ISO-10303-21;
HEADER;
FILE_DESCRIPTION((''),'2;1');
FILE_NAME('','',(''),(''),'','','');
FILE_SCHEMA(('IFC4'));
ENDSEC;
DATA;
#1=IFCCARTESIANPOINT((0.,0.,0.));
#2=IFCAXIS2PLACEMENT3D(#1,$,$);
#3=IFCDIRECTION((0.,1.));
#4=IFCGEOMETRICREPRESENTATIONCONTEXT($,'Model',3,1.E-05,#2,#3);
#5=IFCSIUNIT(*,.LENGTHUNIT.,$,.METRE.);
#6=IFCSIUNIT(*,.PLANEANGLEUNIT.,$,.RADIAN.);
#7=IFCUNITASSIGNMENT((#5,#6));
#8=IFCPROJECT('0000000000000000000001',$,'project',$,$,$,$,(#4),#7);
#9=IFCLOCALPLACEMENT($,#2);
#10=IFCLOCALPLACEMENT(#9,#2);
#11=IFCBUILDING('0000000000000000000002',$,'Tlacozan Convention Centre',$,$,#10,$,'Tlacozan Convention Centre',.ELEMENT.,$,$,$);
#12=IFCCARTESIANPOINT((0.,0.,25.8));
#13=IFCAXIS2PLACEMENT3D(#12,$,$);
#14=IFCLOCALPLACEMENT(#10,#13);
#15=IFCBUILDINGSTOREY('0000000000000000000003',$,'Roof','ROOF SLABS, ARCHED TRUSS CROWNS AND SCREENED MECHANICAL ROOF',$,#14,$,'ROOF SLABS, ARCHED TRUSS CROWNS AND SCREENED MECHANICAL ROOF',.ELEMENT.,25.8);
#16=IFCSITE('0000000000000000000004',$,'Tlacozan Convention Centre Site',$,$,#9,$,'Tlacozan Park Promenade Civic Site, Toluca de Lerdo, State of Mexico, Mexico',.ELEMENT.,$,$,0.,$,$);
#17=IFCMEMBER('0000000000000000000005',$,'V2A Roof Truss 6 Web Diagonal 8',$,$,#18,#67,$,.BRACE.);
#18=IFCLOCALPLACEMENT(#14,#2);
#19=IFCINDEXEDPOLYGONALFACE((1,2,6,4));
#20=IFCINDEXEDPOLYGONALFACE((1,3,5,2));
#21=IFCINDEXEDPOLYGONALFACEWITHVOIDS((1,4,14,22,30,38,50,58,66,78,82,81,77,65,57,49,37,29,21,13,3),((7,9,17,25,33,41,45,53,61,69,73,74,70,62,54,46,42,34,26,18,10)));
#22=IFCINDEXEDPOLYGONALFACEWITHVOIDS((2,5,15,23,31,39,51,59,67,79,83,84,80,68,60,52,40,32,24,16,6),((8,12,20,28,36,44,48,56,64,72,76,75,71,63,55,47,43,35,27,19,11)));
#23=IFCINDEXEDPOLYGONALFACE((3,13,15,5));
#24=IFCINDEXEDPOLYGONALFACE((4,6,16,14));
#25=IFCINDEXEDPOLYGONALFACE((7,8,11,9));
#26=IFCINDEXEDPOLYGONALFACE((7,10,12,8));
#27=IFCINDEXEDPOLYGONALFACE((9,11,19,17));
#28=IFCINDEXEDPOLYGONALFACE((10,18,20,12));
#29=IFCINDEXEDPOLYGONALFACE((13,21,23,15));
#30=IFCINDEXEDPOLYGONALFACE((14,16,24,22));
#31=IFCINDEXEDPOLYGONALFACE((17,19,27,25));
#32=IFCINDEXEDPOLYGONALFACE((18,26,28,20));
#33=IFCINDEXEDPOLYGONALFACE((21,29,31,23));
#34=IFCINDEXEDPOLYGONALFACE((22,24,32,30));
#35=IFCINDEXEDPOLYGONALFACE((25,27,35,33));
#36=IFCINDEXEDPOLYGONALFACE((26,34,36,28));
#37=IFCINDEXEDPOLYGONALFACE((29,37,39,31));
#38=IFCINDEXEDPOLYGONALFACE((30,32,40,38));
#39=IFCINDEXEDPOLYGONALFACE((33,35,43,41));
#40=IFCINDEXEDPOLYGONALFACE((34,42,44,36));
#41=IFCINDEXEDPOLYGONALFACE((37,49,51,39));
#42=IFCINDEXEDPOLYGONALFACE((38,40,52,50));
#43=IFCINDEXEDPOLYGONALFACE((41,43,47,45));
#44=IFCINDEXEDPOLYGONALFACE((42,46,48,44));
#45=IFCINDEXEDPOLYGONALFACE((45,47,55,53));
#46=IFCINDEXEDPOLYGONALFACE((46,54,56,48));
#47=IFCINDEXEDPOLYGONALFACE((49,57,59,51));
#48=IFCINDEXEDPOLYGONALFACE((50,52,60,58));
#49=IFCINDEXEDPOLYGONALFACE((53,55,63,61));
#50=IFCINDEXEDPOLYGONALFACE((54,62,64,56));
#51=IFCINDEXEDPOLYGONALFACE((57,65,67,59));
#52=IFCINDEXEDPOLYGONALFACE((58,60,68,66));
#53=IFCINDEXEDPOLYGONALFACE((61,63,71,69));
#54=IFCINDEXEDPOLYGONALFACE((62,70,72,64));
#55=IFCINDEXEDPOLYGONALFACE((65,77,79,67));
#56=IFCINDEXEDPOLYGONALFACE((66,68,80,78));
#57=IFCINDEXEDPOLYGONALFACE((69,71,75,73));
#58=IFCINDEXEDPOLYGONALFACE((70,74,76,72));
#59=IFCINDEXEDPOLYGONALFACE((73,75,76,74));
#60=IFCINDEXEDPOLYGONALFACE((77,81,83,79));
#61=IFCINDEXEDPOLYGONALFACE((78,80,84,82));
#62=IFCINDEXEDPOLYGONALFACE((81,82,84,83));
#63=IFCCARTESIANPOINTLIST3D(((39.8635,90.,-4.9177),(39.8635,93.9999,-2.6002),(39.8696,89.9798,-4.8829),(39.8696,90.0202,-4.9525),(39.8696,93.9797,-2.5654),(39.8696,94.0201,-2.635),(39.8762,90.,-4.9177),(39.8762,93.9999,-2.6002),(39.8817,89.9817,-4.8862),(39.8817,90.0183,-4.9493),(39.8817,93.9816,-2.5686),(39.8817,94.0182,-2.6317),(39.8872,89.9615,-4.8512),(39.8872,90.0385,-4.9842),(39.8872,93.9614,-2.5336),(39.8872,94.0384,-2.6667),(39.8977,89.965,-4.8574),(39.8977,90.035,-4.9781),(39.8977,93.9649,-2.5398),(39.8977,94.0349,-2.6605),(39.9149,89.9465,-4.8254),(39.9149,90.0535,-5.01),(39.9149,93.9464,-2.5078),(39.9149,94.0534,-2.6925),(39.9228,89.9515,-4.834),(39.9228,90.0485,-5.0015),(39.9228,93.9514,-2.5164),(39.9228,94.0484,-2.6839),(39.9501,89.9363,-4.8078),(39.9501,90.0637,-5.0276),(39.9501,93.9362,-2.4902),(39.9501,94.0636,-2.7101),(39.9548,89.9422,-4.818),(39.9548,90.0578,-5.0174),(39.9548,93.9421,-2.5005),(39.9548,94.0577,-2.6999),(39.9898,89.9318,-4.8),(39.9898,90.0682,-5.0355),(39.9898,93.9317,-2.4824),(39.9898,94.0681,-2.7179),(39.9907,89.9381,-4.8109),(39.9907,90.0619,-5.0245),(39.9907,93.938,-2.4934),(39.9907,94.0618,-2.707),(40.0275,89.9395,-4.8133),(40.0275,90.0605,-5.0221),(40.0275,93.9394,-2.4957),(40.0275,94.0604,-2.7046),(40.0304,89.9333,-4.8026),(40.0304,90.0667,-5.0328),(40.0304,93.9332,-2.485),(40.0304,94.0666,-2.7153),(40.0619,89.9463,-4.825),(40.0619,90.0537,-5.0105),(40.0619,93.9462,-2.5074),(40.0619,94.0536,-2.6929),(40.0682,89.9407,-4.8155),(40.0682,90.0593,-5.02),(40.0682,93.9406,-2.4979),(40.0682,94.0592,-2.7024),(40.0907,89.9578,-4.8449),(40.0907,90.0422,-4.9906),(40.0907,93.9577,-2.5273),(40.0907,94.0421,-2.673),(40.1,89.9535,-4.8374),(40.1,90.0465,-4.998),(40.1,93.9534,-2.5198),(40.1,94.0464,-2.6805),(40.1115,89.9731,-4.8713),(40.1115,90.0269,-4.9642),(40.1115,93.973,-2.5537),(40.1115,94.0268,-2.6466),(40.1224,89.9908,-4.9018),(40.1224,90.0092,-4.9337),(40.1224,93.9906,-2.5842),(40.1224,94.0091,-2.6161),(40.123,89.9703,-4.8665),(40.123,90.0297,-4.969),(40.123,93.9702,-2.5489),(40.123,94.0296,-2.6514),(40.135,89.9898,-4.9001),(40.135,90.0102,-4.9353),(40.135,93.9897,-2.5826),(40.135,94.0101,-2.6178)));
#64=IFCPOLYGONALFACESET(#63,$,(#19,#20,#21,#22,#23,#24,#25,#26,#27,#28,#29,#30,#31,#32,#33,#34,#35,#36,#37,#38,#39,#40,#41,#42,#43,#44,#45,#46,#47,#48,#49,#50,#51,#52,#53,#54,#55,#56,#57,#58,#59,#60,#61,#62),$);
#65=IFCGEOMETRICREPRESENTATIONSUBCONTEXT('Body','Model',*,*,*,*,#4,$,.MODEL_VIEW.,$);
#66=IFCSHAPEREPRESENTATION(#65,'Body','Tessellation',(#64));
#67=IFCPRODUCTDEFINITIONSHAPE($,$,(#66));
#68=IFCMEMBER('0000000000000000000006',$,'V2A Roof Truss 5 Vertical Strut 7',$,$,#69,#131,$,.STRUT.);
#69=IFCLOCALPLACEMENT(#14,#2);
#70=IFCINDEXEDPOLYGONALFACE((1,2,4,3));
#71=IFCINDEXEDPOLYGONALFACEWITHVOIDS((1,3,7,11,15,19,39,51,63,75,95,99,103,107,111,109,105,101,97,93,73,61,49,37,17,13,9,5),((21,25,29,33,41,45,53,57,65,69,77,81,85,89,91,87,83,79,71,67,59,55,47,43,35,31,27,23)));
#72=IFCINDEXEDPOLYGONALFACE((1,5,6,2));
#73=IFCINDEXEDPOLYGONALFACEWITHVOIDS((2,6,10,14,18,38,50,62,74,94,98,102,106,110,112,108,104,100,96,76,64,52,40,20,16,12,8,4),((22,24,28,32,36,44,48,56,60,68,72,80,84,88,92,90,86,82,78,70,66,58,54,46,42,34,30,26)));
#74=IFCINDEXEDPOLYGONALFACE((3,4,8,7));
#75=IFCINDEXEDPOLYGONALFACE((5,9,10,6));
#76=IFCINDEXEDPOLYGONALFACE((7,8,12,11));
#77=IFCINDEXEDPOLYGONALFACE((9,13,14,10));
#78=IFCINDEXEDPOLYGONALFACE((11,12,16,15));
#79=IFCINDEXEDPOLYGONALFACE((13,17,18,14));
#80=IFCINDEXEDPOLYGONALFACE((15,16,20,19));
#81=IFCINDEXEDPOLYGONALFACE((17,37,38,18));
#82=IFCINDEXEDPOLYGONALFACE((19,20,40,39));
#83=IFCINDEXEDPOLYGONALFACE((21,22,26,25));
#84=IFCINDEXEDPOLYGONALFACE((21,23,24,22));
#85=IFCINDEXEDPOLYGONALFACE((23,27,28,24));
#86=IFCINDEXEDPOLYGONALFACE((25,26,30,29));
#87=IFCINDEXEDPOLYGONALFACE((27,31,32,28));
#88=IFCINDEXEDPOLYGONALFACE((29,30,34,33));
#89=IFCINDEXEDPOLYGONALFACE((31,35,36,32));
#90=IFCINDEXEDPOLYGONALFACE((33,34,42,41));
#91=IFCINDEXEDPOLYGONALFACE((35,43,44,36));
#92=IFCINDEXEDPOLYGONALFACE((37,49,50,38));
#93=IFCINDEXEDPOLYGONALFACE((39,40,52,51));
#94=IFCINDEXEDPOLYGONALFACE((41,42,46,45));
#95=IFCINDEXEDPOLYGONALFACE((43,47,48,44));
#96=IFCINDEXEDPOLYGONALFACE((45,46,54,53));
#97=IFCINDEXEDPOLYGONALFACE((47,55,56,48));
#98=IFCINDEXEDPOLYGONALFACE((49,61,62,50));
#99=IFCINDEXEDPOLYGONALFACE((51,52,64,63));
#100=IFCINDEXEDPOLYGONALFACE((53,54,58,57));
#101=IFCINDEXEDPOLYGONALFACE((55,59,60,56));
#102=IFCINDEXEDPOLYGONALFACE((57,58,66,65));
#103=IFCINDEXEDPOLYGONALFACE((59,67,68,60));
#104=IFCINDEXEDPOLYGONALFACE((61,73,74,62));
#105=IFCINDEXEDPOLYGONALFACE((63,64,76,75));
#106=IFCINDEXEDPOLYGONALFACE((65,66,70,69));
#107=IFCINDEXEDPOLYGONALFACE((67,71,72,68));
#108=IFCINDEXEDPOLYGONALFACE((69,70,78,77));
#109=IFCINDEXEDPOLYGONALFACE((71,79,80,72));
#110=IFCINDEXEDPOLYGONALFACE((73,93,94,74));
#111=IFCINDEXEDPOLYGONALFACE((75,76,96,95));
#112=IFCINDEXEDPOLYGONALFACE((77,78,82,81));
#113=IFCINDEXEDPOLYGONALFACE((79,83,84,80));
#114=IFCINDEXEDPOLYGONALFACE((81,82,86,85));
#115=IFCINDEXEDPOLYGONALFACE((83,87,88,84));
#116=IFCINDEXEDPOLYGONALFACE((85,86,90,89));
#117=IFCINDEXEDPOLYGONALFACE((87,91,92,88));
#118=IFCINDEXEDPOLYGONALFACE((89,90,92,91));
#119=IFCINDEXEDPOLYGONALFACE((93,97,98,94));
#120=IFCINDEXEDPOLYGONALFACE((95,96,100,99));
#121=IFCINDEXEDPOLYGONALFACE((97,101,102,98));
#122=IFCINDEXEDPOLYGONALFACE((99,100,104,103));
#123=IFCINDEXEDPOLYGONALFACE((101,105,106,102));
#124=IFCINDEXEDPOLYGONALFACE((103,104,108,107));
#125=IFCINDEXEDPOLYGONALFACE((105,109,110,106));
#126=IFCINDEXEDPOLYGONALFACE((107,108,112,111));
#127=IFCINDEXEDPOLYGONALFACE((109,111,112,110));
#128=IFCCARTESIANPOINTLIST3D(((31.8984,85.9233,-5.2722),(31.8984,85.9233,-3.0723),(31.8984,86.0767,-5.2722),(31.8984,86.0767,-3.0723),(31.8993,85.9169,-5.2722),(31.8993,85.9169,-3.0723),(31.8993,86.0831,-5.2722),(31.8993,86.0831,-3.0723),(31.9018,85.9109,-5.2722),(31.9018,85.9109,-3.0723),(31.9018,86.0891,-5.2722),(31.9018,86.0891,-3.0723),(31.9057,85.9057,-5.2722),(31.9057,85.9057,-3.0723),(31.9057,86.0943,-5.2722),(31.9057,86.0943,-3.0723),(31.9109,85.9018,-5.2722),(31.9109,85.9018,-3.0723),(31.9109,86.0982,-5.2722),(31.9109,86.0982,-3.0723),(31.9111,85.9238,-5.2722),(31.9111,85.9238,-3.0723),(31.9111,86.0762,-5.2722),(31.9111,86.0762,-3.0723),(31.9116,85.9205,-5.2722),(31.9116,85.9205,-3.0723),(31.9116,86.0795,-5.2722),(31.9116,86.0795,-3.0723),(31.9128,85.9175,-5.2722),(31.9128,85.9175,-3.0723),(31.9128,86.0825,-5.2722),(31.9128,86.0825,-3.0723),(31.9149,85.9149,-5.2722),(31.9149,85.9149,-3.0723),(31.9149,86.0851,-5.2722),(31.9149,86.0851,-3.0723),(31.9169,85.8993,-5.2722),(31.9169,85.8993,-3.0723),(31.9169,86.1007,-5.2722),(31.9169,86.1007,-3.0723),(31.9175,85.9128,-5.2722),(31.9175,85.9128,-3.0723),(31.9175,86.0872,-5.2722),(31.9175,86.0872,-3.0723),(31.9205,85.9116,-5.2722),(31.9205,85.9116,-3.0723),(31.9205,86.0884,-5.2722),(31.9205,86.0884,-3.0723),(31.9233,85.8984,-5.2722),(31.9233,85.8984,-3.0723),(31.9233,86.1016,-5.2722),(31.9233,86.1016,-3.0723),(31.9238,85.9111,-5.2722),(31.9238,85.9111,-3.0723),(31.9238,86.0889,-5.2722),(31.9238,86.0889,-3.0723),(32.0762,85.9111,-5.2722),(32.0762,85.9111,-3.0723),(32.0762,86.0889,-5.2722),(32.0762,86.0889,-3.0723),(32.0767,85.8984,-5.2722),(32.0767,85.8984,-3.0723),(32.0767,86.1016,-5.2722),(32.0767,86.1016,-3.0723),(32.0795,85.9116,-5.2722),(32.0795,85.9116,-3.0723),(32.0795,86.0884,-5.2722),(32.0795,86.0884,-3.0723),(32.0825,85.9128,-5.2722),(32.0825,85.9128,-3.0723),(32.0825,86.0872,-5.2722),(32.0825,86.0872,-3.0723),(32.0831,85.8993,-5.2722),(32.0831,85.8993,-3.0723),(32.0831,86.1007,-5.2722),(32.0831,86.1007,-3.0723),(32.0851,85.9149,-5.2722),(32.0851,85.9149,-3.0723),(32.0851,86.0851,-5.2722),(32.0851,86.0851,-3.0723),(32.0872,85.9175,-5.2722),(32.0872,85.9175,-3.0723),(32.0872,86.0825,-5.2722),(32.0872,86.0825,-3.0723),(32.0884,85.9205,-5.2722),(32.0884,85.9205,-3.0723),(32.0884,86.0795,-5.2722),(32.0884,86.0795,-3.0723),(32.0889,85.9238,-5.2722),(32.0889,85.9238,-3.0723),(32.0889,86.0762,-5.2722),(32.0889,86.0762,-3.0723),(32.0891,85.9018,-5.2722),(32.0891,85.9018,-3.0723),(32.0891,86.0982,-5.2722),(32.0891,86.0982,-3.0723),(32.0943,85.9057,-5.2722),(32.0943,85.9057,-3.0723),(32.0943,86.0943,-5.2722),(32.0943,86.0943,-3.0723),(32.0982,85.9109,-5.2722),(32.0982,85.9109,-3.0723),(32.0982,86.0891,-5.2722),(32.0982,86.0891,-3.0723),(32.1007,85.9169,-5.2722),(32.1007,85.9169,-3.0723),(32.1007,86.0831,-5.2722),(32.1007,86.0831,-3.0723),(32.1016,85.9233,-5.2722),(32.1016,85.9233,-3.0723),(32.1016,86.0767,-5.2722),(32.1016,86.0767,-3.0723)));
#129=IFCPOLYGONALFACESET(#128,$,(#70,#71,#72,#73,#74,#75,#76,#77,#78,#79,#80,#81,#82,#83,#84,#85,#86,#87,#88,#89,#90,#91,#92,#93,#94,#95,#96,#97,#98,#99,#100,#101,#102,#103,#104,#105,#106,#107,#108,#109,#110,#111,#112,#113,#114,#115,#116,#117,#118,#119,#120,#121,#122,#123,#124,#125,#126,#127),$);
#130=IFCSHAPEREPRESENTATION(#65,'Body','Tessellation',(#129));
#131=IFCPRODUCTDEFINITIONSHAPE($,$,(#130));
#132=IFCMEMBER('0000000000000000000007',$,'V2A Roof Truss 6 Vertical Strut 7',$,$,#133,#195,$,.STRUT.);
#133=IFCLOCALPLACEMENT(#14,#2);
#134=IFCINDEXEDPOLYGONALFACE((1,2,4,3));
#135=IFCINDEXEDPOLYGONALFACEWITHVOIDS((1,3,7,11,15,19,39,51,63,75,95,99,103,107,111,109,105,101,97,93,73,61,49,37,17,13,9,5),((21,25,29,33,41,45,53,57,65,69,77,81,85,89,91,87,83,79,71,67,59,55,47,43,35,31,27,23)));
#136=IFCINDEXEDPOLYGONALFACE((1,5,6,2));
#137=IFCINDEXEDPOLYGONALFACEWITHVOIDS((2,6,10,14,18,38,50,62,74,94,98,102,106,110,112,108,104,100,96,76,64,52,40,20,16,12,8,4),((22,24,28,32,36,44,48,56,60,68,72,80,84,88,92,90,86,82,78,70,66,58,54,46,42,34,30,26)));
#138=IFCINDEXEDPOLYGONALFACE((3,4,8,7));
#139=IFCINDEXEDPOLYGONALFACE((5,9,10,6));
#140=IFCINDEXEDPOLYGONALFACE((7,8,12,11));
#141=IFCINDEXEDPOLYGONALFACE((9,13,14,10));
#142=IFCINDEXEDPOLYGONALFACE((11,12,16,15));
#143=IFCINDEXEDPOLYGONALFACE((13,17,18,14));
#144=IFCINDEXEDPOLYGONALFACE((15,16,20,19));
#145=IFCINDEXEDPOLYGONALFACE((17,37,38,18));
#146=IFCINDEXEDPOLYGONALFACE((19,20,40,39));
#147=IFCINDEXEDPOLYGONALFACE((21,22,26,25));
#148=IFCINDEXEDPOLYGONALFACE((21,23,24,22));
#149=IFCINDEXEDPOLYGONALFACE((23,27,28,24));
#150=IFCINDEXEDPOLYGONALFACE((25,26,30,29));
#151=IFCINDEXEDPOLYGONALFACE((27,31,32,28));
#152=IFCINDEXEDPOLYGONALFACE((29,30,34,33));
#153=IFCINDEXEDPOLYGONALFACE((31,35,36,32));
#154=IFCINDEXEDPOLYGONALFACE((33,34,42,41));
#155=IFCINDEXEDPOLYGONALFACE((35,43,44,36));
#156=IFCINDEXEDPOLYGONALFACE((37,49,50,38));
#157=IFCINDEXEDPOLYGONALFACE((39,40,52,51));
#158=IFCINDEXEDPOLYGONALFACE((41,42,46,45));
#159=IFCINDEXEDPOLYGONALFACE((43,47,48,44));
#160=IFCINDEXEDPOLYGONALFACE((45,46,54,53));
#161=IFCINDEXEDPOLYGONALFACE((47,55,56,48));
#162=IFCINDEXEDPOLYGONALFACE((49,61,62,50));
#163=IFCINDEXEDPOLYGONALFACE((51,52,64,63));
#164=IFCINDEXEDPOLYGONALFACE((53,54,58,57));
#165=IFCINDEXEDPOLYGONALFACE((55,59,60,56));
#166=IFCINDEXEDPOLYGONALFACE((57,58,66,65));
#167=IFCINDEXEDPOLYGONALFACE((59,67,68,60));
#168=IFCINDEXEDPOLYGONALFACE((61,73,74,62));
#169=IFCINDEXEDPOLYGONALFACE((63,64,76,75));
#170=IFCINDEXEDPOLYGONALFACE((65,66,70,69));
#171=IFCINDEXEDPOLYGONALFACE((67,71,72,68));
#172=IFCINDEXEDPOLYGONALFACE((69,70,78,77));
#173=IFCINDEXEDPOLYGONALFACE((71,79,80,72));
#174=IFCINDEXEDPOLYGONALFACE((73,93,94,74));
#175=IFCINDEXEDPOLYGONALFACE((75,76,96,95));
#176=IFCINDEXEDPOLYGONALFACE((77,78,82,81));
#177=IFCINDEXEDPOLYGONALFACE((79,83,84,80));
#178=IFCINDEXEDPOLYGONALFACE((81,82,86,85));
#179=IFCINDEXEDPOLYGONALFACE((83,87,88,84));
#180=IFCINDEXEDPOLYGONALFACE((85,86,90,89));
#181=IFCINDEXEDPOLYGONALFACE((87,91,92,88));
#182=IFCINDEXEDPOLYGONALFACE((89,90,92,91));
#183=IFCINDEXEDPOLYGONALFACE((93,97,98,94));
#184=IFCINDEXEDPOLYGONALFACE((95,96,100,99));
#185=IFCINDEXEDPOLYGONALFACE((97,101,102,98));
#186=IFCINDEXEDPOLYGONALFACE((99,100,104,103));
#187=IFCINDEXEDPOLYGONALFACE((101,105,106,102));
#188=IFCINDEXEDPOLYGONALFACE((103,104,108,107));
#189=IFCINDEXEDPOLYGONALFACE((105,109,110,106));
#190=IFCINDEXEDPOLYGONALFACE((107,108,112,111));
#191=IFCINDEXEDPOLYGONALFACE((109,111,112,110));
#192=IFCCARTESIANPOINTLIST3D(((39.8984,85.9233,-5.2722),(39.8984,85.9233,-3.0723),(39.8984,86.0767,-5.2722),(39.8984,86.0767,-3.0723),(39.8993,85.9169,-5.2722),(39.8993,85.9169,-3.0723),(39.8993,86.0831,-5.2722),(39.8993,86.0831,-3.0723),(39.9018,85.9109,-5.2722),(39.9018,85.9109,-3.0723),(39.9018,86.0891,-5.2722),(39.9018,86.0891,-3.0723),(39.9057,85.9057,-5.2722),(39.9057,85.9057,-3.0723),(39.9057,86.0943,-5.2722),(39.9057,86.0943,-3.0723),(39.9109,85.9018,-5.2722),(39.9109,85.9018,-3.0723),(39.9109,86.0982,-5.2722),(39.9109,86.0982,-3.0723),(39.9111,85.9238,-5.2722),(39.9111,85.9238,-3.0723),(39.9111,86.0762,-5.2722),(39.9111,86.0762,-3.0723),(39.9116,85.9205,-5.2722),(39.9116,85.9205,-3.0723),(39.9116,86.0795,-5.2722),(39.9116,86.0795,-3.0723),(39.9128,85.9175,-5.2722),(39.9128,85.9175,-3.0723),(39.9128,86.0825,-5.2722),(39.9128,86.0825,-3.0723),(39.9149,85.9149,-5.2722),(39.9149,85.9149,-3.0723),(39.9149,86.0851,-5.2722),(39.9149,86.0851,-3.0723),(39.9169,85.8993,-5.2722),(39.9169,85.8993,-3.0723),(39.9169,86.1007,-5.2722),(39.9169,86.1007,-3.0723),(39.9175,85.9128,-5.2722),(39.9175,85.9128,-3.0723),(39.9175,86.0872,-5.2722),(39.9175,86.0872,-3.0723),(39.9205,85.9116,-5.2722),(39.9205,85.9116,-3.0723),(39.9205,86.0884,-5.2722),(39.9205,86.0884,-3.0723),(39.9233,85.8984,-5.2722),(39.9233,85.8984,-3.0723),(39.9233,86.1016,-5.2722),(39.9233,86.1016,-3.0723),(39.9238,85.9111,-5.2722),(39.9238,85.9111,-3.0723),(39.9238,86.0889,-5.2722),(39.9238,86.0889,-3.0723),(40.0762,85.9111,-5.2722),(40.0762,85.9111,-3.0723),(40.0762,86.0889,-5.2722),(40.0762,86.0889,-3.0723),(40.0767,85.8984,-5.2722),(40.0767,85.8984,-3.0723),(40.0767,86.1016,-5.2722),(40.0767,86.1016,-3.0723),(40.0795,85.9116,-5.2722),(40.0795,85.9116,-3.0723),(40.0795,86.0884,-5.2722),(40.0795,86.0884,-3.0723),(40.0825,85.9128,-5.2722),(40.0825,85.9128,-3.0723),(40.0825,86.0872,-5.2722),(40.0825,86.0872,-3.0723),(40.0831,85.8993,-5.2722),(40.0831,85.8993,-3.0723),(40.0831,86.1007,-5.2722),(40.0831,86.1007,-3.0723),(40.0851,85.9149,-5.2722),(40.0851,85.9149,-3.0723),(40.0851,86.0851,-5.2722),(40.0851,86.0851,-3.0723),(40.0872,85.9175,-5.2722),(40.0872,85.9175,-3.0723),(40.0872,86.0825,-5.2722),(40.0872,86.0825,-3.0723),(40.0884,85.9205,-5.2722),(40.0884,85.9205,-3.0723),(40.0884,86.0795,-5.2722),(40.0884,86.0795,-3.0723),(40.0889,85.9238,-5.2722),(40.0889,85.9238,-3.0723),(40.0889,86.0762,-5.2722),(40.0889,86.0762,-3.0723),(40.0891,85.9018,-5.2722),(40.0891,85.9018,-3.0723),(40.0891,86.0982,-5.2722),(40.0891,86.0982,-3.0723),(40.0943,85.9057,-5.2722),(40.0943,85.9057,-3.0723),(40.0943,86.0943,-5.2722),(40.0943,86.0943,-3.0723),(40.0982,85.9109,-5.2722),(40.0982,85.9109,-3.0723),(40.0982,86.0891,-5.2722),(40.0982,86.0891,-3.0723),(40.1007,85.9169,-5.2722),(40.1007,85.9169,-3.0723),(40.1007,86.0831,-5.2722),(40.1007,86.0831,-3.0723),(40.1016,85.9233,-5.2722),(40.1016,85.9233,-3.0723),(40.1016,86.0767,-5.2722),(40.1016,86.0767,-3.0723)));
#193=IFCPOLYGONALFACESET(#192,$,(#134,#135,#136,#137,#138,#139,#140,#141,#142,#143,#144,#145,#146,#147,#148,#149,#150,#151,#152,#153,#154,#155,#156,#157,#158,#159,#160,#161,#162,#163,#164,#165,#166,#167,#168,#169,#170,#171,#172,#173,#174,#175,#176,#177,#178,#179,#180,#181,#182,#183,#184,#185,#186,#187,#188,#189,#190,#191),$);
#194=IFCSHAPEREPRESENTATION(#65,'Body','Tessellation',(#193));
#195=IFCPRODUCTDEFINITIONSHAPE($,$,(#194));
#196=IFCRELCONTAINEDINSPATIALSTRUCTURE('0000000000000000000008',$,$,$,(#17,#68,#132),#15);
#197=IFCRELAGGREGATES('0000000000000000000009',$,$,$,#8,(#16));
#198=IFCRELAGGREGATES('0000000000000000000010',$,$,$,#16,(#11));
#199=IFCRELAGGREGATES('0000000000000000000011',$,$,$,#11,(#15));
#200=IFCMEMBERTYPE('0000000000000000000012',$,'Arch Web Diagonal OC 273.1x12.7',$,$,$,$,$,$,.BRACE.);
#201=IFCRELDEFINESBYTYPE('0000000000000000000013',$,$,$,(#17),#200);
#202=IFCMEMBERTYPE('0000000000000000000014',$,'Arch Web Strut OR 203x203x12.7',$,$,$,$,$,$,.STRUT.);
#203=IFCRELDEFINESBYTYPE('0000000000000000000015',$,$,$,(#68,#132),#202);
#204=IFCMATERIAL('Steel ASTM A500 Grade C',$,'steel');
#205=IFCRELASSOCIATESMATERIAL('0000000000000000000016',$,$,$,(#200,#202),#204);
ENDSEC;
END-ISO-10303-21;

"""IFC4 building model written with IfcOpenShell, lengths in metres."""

from ifc_helpers import new_model, si_unit, direction, frame, origin, origin_2d, place, context, subcontext, project, spatial, hollow_rectangle, hollow_circle, extrude, material, material_profile, profile_set, type_object, element, save


model = new_model("IFC4")

# Units and contexts
model_context = context("Model", 3, precision=1e-05, world=origin(), true_north=direction((0.0, 1.0)))
body_context = subcontext(model_context, "Body", "Model", "MODEL_VIEW")
ifc_project = project(units=[si_unit("LENGTHUNIT", "METRE"), si_unit("PLANEANGLEUNIT", "RADIAN")], contexts=[model_context])

# Site, building, storey
site_placement = place(None, origin())
site = spatial("IfcSite", under=ifc_project, at=site_placement, Name="Tlacozan Convention Centre Site", LongName="Tlacozan Park Promenade Civic Site, Toluca de Lerdo, State of Mexico, Mexico", CompositionType="ELEMENT", RefElevation=0.0)
building_placement = place(site_placement, origin())
building = spatial("IfcBuilding", under=site, at=building_placement, Name="Tlacozan Convention Centre", LongName="Tlacozan Convention Centre", CompositionType="ELEMENT")
storey_placement = place(building_placement, frame((0.0, 0.0, 25.8)))
storey = spatial("IfcBuildingStorey", under=building, at=storey_placement, Name="Roof", Description="ROOF SLABS, ARCHED TRUSS CROWNS AND SCREENED MECHANICAL ROOF", LongName="ROOF SLABS, ARCHED TRUSS CROWNS AND SCREENED MECHANICAL ROOF", CompositionType="ELEMENT", Elevation=25.8)

# Members
ifc_material_1 = material(Name="Steel ASTM A500 Grade C", Category="steel")
ifc_material_profile_1 = material_profile(ifc_material_1, hollow_circle(Radius=0.1365, WallThickness=0.0127, at=origin_2d()), Name="OC 273.1x12.7")
ifc_profile_set_1 = profile_set([ifc_material_profile_1], Name="Steel ASTM A500 Grade C")
member_type_1 = type_object("IfcMemberType", Name="Arch Web Diagonal OC 273.1x12.7", PredefinedType="BRACE", material=ifc_profile_set_1)
member_1_placement = place(storey_placement, frame((40.0, 90.0, -4.9177), z_axis=(0.0, 0.865254, 0.501334), x_axis=(-1.0, 0.0, 0.0)))
element("IfcMember", 1, at=member_1_placement, inside=storey, type_object=member_type_1, Name="V2A Roof Truss 6 Web Diagonal 8", PredefinedType="BRACE", context=body_context, shape_type="SweptSolid", body=[
    extrude(hollow_circle(Radius=0.1365, WallThickness=0.0127, at=origin_2d()), origin(), (0.0, 0.0, 1.0), 4.6228),
])
ifc_material_profile_2 = material_profile(ifc_material_1, hollow_rectangle(XDim=0.2031, YDim=0.2031, WallThickness=0.0127, InnerFilletRadius=0.0127, OuterFilletRadius=0.0249, at=origin_2d()), Name="OR 203x203x12.7")
ifc_profile_set_2 = profile_set([ifc_material_profile_2], Name="Steel ASTM A500 Grade C")
member_type_2 = type_object("IfcMemberType", Name="Arch Web Strut OR 203x203x12.7", PredefinedType="STRUT", material=ifc_profile_set_2)
for number, where, z_axis, x_axis, name in (
    (2, (32.0, 86.0, -5.2722), (0.0, 0.0, 1.0), (1.0, 0.0, 0.0), "V2A Roof Truss 5 Vertical Strut 7"),
    (3, (40.0, 86.0, -5.2722), (0.0, 0.0, 1.0), (1.0, 0.0, 0.0), "V2A Roof Truss 6 Vertical Strut 7"),
):
    element("IfcMember", number, at=place(storey_placement, frame(where, z_axis=z_axis, x_axis=x_axis)), inside=storey, type_object=member_type_2, Name=name, PredefinedType="STRUT", context=body_context, shape_type="SweptSolid", body=[
        extrude(hollow_rectangle(XDim=0.2031, YDim=0.2031, WallThickness=0.0127, InnerFilletRadius=0.0127, OuterFilletRadius=0.0249, at=origin_2d()), origin(), (0.0, 0.0, 1.0), 2.2),
    ])

save(model, "model.ifc")
